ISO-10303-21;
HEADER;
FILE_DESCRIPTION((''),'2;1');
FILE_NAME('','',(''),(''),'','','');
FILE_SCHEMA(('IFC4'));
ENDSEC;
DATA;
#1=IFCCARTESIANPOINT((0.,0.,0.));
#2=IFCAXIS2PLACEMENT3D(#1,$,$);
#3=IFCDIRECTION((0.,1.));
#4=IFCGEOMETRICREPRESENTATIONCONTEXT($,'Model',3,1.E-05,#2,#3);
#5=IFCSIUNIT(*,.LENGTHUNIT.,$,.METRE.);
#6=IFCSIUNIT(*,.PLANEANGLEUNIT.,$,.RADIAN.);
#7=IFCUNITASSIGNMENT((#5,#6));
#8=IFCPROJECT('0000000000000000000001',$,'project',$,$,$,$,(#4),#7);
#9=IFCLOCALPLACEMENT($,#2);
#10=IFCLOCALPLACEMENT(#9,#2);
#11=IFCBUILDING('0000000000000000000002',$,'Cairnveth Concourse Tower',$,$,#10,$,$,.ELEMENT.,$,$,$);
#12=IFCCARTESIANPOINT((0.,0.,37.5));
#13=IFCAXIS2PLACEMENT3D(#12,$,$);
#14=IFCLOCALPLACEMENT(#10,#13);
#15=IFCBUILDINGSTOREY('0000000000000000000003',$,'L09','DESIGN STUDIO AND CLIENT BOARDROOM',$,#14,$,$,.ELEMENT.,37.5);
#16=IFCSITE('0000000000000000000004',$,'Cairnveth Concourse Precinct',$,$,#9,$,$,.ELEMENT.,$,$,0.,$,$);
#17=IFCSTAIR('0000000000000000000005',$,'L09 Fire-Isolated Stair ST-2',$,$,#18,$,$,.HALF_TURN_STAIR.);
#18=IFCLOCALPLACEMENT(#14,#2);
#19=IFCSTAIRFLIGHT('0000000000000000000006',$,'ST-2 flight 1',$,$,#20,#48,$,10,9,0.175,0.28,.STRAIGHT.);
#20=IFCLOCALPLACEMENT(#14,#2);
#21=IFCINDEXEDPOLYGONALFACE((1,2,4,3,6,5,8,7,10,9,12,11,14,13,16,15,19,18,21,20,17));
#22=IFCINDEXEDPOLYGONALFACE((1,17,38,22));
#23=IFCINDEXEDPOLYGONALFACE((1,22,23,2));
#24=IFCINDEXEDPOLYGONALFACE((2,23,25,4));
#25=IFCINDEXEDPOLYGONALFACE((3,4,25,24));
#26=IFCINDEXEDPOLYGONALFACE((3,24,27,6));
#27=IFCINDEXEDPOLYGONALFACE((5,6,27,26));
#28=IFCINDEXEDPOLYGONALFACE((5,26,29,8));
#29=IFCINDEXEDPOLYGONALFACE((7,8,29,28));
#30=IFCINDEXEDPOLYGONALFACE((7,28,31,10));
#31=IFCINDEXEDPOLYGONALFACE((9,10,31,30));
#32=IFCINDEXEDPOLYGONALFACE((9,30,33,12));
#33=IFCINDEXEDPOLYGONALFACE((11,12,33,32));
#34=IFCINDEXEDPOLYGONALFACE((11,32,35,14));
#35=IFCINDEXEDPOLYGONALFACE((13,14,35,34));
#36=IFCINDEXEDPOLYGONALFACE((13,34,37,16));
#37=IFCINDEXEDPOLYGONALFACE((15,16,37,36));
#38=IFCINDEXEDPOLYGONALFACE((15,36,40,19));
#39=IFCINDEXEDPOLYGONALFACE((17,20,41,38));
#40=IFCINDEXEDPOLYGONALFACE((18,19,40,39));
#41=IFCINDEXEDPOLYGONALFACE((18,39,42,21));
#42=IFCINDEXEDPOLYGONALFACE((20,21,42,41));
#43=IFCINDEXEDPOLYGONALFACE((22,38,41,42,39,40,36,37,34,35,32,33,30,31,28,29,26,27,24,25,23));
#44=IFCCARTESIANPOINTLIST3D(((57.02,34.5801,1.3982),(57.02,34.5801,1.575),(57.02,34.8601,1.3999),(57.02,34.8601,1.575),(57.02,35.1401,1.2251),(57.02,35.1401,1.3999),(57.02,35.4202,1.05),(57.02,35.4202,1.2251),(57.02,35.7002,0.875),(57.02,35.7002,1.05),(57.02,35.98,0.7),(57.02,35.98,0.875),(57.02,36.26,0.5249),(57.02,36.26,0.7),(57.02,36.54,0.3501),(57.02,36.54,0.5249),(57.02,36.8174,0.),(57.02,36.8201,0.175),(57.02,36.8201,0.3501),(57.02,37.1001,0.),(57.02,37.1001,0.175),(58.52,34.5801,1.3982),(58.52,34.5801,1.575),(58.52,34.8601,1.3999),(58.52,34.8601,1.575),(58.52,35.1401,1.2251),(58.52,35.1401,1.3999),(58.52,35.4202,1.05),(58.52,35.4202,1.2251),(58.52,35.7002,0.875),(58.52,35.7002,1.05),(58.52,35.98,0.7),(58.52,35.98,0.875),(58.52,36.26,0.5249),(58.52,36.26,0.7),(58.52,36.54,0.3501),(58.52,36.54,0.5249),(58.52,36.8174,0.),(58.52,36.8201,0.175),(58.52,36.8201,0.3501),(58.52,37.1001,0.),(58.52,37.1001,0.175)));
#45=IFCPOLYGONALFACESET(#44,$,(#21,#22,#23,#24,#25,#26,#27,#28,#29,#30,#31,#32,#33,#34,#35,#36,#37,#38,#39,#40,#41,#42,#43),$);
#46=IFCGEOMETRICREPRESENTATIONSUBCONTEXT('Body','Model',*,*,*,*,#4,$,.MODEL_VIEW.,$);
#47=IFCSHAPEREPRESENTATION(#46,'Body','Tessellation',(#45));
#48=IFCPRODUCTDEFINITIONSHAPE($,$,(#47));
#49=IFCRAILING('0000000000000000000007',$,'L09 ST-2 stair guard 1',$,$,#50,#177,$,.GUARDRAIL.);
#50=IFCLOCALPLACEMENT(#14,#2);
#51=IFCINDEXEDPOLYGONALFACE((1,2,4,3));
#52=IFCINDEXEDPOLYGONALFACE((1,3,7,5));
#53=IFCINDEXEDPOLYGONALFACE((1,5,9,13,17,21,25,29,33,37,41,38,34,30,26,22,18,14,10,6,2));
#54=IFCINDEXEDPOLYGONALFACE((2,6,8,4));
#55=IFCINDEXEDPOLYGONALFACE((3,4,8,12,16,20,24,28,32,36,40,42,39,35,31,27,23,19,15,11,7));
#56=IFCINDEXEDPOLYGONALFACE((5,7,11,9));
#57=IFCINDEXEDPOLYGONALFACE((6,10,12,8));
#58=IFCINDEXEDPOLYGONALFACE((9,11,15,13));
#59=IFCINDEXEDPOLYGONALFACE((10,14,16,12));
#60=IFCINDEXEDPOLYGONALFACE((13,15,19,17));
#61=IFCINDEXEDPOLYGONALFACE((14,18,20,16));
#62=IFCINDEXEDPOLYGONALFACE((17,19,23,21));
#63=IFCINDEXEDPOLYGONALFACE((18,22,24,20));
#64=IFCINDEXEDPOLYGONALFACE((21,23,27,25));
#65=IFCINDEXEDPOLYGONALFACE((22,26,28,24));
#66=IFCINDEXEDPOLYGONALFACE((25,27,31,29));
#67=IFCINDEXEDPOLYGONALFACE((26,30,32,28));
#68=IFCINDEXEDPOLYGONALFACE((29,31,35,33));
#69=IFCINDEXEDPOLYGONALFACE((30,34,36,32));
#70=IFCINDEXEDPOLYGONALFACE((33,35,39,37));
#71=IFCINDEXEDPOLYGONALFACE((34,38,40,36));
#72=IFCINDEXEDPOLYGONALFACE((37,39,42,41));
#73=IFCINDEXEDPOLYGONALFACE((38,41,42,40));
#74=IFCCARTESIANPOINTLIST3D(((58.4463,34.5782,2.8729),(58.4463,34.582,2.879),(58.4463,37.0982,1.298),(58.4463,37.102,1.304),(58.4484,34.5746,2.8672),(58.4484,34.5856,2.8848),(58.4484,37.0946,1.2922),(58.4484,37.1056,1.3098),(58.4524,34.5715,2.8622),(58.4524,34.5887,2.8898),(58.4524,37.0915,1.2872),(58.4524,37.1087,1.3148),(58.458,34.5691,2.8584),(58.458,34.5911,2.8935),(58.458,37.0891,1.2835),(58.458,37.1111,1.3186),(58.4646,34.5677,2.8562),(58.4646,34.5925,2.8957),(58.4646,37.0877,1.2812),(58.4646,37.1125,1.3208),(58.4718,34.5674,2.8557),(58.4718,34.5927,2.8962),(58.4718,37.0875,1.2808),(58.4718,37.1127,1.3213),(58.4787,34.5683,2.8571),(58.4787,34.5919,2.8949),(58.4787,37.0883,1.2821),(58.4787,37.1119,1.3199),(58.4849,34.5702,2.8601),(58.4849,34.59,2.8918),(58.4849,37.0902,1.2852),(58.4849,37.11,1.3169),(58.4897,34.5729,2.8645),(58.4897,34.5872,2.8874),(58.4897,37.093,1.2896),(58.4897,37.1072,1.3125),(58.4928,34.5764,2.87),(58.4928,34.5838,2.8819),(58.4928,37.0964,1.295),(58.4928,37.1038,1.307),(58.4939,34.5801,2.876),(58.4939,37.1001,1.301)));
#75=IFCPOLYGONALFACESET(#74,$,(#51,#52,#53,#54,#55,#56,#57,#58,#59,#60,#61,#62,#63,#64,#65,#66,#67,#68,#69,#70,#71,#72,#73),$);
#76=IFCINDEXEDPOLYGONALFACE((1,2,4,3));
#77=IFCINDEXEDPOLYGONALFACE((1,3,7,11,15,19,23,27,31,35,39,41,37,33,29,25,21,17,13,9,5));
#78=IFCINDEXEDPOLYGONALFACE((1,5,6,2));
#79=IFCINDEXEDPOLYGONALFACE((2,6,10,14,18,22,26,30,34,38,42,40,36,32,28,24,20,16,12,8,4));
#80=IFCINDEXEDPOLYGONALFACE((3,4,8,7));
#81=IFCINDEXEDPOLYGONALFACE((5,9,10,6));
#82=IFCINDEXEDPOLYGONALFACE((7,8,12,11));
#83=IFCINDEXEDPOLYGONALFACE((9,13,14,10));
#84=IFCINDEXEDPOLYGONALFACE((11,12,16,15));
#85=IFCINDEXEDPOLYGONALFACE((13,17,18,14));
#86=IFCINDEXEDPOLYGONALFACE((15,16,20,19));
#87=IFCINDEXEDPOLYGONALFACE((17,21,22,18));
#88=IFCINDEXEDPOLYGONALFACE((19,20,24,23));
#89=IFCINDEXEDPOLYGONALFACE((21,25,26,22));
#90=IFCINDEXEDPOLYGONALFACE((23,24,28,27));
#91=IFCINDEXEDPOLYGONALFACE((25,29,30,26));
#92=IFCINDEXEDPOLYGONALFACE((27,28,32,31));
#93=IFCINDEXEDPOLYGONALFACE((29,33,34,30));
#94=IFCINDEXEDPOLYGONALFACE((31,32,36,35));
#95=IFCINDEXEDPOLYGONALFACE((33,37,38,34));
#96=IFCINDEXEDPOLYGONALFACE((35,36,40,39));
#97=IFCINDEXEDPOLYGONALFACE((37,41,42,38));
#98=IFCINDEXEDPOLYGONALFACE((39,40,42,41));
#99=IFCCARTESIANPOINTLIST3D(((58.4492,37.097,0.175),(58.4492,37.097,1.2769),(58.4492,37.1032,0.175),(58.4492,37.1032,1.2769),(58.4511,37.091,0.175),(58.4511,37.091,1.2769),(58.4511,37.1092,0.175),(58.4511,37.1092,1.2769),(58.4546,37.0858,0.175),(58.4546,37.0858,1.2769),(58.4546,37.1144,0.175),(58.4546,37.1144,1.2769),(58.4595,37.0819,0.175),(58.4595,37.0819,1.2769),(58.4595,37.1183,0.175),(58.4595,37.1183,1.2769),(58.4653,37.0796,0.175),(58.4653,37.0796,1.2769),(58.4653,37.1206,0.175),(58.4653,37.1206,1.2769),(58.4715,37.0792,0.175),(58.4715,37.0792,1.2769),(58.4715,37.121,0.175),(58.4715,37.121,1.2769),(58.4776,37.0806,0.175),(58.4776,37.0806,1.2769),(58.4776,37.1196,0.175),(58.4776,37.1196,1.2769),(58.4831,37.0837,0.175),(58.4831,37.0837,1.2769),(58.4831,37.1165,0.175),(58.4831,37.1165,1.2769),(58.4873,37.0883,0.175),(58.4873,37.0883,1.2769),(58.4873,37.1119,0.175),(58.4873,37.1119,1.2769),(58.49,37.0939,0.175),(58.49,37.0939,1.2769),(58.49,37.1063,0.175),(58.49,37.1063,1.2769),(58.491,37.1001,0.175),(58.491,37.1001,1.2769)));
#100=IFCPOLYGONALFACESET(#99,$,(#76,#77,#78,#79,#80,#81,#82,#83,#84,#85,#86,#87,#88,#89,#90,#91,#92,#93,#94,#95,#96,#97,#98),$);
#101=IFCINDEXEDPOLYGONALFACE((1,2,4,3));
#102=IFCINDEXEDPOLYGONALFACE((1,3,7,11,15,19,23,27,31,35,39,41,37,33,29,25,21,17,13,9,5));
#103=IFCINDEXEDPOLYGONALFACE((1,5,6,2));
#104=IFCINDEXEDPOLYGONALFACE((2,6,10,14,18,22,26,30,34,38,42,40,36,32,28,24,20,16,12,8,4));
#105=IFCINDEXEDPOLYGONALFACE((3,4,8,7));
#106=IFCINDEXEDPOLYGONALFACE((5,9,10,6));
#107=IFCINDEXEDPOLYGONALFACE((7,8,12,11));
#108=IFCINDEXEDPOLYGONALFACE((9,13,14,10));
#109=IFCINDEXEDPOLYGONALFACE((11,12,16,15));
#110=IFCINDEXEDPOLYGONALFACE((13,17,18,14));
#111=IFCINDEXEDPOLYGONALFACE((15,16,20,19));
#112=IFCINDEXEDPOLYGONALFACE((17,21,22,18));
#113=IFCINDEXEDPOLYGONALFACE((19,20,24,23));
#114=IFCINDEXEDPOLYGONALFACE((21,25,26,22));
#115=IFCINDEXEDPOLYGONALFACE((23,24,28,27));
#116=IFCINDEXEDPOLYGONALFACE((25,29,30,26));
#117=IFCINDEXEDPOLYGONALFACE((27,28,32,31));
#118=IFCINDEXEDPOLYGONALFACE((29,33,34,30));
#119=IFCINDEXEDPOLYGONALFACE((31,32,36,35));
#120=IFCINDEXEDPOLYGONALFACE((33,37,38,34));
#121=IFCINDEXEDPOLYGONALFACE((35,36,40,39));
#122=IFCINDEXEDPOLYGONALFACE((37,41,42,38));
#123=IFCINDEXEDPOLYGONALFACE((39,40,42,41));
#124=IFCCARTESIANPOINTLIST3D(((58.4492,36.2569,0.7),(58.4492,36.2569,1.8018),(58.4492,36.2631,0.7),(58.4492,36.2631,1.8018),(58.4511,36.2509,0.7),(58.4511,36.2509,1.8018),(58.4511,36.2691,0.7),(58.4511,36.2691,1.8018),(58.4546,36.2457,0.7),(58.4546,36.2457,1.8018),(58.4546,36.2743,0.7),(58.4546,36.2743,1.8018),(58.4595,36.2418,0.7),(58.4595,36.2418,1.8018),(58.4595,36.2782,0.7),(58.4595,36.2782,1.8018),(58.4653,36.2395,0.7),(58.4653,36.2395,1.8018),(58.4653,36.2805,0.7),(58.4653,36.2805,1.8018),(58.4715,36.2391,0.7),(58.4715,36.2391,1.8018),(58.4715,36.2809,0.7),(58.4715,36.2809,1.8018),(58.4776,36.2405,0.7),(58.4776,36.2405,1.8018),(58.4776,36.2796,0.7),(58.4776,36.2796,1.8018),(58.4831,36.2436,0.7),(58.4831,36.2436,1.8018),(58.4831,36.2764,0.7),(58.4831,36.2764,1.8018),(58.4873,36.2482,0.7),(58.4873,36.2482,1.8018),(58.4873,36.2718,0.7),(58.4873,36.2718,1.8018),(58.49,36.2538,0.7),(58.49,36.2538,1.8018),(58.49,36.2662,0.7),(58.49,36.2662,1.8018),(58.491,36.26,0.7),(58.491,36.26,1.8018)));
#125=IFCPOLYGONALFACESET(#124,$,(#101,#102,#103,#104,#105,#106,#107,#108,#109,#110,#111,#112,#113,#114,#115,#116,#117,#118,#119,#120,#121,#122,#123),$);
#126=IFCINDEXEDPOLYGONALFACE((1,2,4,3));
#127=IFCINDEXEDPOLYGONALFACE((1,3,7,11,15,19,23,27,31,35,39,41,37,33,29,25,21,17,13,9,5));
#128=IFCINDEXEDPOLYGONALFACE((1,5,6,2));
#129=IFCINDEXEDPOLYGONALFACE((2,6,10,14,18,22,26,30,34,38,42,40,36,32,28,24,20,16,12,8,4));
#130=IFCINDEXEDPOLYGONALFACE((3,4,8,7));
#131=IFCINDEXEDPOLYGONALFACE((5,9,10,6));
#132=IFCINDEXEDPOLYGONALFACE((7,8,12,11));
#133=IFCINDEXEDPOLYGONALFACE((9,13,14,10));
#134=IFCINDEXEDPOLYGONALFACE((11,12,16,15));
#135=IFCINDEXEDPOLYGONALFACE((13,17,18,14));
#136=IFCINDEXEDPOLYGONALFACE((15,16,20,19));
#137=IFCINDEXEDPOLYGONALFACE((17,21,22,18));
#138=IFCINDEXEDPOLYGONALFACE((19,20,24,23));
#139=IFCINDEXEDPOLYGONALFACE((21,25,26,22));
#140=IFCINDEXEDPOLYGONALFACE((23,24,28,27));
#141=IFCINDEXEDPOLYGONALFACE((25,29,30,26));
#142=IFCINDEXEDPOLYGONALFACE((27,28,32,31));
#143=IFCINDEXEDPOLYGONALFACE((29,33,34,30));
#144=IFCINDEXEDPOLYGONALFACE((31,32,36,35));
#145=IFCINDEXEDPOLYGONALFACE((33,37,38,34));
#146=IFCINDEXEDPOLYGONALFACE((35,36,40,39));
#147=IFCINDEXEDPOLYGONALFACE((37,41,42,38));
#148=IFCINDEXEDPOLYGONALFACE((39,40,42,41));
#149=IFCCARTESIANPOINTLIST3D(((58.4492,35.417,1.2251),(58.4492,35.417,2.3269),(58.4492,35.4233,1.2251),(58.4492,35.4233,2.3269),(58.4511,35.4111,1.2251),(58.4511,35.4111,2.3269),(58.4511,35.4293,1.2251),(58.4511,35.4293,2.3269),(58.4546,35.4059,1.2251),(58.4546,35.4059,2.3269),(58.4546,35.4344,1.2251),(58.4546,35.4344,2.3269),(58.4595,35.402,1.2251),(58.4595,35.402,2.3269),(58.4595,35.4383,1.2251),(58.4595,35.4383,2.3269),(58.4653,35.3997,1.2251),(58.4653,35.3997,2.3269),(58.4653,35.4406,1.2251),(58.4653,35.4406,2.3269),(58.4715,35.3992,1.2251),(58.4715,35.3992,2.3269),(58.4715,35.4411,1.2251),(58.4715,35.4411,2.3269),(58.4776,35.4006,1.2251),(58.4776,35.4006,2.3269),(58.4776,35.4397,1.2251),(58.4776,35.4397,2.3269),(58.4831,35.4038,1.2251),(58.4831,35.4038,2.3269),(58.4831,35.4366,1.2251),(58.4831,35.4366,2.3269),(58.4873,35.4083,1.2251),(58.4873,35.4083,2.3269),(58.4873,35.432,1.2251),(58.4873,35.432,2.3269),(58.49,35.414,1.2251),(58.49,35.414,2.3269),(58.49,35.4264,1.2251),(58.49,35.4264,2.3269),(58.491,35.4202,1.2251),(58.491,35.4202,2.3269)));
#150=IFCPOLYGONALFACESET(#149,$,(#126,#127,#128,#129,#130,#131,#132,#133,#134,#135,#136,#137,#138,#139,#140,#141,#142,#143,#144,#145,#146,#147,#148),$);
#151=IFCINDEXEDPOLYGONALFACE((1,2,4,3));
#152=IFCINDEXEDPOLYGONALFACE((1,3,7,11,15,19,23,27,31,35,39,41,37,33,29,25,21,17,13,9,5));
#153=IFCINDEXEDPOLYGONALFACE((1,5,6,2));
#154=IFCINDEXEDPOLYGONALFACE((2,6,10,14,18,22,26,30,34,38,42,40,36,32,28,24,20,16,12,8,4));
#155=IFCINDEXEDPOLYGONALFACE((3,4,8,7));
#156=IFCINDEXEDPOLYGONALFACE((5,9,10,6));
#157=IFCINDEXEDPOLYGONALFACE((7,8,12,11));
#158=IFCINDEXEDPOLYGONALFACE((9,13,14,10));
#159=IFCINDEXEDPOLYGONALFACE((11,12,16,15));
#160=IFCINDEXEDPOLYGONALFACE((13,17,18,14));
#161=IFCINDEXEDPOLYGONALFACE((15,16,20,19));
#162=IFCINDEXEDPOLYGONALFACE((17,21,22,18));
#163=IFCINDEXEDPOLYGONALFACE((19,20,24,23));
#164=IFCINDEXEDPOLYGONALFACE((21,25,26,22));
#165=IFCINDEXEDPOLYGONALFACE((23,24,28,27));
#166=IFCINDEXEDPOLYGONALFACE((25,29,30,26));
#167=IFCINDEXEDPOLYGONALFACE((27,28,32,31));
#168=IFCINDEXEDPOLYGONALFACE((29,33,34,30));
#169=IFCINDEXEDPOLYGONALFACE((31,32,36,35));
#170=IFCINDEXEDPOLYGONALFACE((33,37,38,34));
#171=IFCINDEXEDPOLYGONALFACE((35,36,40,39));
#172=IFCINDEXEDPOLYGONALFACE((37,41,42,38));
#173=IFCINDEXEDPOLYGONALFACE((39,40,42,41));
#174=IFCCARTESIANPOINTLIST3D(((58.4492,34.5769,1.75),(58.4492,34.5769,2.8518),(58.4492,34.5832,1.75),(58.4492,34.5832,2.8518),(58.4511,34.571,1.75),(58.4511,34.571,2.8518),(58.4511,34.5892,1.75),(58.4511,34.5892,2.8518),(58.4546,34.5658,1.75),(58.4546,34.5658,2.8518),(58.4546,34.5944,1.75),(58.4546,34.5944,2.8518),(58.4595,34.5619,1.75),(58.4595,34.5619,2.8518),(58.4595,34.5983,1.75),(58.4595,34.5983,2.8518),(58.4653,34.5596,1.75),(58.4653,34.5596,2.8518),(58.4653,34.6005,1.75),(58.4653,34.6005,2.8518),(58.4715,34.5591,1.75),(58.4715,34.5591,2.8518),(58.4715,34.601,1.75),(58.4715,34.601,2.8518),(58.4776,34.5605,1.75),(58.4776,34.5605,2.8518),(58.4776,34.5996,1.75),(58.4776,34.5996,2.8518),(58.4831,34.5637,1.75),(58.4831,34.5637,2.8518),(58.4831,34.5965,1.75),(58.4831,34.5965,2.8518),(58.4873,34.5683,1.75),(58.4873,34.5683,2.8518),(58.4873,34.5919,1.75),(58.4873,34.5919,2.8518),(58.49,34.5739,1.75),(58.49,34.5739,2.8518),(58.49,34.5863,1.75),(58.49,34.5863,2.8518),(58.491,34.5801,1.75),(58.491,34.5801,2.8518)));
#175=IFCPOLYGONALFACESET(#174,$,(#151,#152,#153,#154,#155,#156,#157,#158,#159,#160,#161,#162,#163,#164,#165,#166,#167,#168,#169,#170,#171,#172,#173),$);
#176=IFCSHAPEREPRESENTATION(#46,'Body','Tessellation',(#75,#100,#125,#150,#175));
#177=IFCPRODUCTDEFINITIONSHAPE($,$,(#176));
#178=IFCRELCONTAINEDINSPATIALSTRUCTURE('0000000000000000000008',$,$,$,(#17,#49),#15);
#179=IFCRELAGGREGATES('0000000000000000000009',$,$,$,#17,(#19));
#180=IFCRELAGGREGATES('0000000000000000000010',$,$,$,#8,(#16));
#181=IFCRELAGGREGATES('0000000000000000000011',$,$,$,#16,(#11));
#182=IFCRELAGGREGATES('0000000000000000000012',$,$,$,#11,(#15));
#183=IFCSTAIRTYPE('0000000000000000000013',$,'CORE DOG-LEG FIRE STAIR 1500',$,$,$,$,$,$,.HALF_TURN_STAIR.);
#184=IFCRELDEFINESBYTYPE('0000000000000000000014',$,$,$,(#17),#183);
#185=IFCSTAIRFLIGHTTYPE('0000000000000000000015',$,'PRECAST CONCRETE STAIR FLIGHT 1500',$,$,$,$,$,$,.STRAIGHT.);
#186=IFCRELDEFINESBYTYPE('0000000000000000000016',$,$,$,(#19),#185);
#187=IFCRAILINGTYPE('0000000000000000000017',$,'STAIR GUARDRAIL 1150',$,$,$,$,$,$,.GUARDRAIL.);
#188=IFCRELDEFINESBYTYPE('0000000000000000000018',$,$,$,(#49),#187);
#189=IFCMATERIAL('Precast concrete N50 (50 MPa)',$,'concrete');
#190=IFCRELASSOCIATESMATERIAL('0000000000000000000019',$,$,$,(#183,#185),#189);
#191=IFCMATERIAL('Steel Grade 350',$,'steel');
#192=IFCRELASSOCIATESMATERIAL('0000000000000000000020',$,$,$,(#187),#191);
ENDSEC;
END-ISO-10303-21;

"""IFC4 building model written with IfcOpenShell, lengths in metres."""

from ifc_helpers import new_model, si_unit, direction, frame, origin, origin_2d, place, context, subcontext, project, spatial, polyline, circle, outline, extrude, material, type_object, element, aggregate, save


model = new_model("IFC4")

# Units and contexts
model_context = context("Model", 3, precision=1e-05, world=origin(), true_north=direction((0.0, 1.0)))
body_context = subcontext(model_context, "Body", "Model", "MODEL_VIEW")
ifc_project = project(units=[si_unit("LENGTHUNIT", "METRE"), si_unit("PLANEANGLEUNIT", "RADIAN")], contexts=[model_context])

# Site, building, storey
site_placement = place(None, origin())
site = spatial("IfcSite", under=ifc_project, at=site_placement, Name="Cairnveth Concourse Precinct", CompositionType="ELEMENT", RefElevation=0.0)
building_placement = place(site_placement, origin())
building = spatial("IfcBuilding", under=site, at=building_placement, Name="Cairnveth Concourse Tower", CompositionType="ELEMENT")
storey_placement = place(building_placement, frame((0.0, 0.0, 37.5)))
storey = spatial("IfcBuildingStorey", under=building, at=storey_placement, Name="L09", Description="DESIGN STUDIO AND CLIENT BOARDROOM", CompositionType="ELEMENT", Elevation=37.5)

# Shared definitions
ifc_material_1 = material(Name="Steel Grade 350", Category="steel")

# Stair, stair flight
ifc_material_2 = material(Name="Precast concrete N50 (50 MPa)", Category="concrete")
stair_type = type_object("IfcStairType", Name="CORE DOG-LEG FIRE STAIR 1500", PredefinedType="HALF_TURN_STAIR", material=ifc_material_2)
stair_placement = place(storey_placement, origin())
stair = element("IfcStair", 1, at=stair_placement, inside=storey, type_object=stair_type, Name="L09 Fire-Isolated Stair ST-2", PredefinedType="HALF_TURN_STAIR")
stair_flight_type = type_object("IfcStairFlightType", Name="PRECAST CONCRETE STAIR FLIGHT 1500", PredefinedType="STRAIGHT", material=ifc_material_2)
stair_flight_placement = place(storey_placement, frame((57.77, 37.1001, 0.0), z_axis=(0.0, 0.0, 1.0), x_axis=(0.0, -1.0, 0.0)))
stair_flight = element("IfcStairFlight", 2, at=stair_flight_placement, type_object=stair_flight_type, Name="ST-2 flight 1", NumberOfRisers=10, NumberOfTreads=9, PredefinedType="STRAIGHT", RiserHeight=0.175, TreadLength=0.28, context=body_context, shape_type="SweptSolid", body=[
    extrude(outline(polyline([(0.0, 0.0), (0.0, 0.175), (0.28, 0.175), (0.28, 0.3501), (0.5601, 0.3501), (0.5601, 0.5249), (0.8401, 0.5249), (0.8401, 0.7), (1.1201, 0.7), (1.1201, 0.875), (1.3999, 0.875), (1.3999, 1.05), (1.6799, 1.05), (1.6799, 1.2251), (1.96, 1.2251), (1.96, 1.3999), (2.24, 1.3999), (2.24, 1.575), (2.52, 1.575), (2.52, 1.75), (2.52, 1.3982), (0.2827, 0.0), (0.0, 0.0)])), frame((0.0, 0.75, 0.0), z_axis=(0.0, -1.0, 0.0), x_axis=(1.0, 0.0, 0.0)), (0.0, 0.0, 1.0), 1.5),
])
aggregate(stair, [stair_flight])

# Railing
railing_type_1 = type_object("IfcRailingType", Name="STAIR GUARDRAIL 1150", PredefinedType="GUARDRAIL", material=ifc_material_1)
railing_1_placement = place(storey_placement, frame((58.47, 37.1001, 0.175)))
element("IfcRailing", 3, at=railing_1_placement, inside=storey, type_object=railing_type_1, Name="L09 ST-2 stair guard 1", PredefinedType="GUARDRAIL", context=body_context, shape_type="SweptSolid", body=[
    extrude(circle(Radius=0.0239, at=origin_2d()), frame((0.0, 0.0, 1.126), z_axis=(0.0, -0.848008, 0.529984), x_axis=(1.0, 0.0, 0.0)), (0.0, 0.0, 1.0), 2.9717),
    extrude(circle(Radius=0.021, at=origin_2d()), origin(), (0.0, 0.0, 1.0), 1.1018),
    extrude(circle(Radius=0.021, at=origin_2d()), frame((0.0, -0.8401, 0.5249)), (0.0, 0.0, 1.0), 1.1018),
    extrude(circle(Radius=0.021, at=origin_2d()), frame((0.0, -1.6799, 1.05)), (0.0, 0.0, 1.0), 1.1018),
    extrude(circle(Radius=0.021, at=origin_2d()), frame((0.0, -2.52, 1.575)), (0.0, 0.0, 1.0), 1.1018),
])

save(model, "model.ifc")
